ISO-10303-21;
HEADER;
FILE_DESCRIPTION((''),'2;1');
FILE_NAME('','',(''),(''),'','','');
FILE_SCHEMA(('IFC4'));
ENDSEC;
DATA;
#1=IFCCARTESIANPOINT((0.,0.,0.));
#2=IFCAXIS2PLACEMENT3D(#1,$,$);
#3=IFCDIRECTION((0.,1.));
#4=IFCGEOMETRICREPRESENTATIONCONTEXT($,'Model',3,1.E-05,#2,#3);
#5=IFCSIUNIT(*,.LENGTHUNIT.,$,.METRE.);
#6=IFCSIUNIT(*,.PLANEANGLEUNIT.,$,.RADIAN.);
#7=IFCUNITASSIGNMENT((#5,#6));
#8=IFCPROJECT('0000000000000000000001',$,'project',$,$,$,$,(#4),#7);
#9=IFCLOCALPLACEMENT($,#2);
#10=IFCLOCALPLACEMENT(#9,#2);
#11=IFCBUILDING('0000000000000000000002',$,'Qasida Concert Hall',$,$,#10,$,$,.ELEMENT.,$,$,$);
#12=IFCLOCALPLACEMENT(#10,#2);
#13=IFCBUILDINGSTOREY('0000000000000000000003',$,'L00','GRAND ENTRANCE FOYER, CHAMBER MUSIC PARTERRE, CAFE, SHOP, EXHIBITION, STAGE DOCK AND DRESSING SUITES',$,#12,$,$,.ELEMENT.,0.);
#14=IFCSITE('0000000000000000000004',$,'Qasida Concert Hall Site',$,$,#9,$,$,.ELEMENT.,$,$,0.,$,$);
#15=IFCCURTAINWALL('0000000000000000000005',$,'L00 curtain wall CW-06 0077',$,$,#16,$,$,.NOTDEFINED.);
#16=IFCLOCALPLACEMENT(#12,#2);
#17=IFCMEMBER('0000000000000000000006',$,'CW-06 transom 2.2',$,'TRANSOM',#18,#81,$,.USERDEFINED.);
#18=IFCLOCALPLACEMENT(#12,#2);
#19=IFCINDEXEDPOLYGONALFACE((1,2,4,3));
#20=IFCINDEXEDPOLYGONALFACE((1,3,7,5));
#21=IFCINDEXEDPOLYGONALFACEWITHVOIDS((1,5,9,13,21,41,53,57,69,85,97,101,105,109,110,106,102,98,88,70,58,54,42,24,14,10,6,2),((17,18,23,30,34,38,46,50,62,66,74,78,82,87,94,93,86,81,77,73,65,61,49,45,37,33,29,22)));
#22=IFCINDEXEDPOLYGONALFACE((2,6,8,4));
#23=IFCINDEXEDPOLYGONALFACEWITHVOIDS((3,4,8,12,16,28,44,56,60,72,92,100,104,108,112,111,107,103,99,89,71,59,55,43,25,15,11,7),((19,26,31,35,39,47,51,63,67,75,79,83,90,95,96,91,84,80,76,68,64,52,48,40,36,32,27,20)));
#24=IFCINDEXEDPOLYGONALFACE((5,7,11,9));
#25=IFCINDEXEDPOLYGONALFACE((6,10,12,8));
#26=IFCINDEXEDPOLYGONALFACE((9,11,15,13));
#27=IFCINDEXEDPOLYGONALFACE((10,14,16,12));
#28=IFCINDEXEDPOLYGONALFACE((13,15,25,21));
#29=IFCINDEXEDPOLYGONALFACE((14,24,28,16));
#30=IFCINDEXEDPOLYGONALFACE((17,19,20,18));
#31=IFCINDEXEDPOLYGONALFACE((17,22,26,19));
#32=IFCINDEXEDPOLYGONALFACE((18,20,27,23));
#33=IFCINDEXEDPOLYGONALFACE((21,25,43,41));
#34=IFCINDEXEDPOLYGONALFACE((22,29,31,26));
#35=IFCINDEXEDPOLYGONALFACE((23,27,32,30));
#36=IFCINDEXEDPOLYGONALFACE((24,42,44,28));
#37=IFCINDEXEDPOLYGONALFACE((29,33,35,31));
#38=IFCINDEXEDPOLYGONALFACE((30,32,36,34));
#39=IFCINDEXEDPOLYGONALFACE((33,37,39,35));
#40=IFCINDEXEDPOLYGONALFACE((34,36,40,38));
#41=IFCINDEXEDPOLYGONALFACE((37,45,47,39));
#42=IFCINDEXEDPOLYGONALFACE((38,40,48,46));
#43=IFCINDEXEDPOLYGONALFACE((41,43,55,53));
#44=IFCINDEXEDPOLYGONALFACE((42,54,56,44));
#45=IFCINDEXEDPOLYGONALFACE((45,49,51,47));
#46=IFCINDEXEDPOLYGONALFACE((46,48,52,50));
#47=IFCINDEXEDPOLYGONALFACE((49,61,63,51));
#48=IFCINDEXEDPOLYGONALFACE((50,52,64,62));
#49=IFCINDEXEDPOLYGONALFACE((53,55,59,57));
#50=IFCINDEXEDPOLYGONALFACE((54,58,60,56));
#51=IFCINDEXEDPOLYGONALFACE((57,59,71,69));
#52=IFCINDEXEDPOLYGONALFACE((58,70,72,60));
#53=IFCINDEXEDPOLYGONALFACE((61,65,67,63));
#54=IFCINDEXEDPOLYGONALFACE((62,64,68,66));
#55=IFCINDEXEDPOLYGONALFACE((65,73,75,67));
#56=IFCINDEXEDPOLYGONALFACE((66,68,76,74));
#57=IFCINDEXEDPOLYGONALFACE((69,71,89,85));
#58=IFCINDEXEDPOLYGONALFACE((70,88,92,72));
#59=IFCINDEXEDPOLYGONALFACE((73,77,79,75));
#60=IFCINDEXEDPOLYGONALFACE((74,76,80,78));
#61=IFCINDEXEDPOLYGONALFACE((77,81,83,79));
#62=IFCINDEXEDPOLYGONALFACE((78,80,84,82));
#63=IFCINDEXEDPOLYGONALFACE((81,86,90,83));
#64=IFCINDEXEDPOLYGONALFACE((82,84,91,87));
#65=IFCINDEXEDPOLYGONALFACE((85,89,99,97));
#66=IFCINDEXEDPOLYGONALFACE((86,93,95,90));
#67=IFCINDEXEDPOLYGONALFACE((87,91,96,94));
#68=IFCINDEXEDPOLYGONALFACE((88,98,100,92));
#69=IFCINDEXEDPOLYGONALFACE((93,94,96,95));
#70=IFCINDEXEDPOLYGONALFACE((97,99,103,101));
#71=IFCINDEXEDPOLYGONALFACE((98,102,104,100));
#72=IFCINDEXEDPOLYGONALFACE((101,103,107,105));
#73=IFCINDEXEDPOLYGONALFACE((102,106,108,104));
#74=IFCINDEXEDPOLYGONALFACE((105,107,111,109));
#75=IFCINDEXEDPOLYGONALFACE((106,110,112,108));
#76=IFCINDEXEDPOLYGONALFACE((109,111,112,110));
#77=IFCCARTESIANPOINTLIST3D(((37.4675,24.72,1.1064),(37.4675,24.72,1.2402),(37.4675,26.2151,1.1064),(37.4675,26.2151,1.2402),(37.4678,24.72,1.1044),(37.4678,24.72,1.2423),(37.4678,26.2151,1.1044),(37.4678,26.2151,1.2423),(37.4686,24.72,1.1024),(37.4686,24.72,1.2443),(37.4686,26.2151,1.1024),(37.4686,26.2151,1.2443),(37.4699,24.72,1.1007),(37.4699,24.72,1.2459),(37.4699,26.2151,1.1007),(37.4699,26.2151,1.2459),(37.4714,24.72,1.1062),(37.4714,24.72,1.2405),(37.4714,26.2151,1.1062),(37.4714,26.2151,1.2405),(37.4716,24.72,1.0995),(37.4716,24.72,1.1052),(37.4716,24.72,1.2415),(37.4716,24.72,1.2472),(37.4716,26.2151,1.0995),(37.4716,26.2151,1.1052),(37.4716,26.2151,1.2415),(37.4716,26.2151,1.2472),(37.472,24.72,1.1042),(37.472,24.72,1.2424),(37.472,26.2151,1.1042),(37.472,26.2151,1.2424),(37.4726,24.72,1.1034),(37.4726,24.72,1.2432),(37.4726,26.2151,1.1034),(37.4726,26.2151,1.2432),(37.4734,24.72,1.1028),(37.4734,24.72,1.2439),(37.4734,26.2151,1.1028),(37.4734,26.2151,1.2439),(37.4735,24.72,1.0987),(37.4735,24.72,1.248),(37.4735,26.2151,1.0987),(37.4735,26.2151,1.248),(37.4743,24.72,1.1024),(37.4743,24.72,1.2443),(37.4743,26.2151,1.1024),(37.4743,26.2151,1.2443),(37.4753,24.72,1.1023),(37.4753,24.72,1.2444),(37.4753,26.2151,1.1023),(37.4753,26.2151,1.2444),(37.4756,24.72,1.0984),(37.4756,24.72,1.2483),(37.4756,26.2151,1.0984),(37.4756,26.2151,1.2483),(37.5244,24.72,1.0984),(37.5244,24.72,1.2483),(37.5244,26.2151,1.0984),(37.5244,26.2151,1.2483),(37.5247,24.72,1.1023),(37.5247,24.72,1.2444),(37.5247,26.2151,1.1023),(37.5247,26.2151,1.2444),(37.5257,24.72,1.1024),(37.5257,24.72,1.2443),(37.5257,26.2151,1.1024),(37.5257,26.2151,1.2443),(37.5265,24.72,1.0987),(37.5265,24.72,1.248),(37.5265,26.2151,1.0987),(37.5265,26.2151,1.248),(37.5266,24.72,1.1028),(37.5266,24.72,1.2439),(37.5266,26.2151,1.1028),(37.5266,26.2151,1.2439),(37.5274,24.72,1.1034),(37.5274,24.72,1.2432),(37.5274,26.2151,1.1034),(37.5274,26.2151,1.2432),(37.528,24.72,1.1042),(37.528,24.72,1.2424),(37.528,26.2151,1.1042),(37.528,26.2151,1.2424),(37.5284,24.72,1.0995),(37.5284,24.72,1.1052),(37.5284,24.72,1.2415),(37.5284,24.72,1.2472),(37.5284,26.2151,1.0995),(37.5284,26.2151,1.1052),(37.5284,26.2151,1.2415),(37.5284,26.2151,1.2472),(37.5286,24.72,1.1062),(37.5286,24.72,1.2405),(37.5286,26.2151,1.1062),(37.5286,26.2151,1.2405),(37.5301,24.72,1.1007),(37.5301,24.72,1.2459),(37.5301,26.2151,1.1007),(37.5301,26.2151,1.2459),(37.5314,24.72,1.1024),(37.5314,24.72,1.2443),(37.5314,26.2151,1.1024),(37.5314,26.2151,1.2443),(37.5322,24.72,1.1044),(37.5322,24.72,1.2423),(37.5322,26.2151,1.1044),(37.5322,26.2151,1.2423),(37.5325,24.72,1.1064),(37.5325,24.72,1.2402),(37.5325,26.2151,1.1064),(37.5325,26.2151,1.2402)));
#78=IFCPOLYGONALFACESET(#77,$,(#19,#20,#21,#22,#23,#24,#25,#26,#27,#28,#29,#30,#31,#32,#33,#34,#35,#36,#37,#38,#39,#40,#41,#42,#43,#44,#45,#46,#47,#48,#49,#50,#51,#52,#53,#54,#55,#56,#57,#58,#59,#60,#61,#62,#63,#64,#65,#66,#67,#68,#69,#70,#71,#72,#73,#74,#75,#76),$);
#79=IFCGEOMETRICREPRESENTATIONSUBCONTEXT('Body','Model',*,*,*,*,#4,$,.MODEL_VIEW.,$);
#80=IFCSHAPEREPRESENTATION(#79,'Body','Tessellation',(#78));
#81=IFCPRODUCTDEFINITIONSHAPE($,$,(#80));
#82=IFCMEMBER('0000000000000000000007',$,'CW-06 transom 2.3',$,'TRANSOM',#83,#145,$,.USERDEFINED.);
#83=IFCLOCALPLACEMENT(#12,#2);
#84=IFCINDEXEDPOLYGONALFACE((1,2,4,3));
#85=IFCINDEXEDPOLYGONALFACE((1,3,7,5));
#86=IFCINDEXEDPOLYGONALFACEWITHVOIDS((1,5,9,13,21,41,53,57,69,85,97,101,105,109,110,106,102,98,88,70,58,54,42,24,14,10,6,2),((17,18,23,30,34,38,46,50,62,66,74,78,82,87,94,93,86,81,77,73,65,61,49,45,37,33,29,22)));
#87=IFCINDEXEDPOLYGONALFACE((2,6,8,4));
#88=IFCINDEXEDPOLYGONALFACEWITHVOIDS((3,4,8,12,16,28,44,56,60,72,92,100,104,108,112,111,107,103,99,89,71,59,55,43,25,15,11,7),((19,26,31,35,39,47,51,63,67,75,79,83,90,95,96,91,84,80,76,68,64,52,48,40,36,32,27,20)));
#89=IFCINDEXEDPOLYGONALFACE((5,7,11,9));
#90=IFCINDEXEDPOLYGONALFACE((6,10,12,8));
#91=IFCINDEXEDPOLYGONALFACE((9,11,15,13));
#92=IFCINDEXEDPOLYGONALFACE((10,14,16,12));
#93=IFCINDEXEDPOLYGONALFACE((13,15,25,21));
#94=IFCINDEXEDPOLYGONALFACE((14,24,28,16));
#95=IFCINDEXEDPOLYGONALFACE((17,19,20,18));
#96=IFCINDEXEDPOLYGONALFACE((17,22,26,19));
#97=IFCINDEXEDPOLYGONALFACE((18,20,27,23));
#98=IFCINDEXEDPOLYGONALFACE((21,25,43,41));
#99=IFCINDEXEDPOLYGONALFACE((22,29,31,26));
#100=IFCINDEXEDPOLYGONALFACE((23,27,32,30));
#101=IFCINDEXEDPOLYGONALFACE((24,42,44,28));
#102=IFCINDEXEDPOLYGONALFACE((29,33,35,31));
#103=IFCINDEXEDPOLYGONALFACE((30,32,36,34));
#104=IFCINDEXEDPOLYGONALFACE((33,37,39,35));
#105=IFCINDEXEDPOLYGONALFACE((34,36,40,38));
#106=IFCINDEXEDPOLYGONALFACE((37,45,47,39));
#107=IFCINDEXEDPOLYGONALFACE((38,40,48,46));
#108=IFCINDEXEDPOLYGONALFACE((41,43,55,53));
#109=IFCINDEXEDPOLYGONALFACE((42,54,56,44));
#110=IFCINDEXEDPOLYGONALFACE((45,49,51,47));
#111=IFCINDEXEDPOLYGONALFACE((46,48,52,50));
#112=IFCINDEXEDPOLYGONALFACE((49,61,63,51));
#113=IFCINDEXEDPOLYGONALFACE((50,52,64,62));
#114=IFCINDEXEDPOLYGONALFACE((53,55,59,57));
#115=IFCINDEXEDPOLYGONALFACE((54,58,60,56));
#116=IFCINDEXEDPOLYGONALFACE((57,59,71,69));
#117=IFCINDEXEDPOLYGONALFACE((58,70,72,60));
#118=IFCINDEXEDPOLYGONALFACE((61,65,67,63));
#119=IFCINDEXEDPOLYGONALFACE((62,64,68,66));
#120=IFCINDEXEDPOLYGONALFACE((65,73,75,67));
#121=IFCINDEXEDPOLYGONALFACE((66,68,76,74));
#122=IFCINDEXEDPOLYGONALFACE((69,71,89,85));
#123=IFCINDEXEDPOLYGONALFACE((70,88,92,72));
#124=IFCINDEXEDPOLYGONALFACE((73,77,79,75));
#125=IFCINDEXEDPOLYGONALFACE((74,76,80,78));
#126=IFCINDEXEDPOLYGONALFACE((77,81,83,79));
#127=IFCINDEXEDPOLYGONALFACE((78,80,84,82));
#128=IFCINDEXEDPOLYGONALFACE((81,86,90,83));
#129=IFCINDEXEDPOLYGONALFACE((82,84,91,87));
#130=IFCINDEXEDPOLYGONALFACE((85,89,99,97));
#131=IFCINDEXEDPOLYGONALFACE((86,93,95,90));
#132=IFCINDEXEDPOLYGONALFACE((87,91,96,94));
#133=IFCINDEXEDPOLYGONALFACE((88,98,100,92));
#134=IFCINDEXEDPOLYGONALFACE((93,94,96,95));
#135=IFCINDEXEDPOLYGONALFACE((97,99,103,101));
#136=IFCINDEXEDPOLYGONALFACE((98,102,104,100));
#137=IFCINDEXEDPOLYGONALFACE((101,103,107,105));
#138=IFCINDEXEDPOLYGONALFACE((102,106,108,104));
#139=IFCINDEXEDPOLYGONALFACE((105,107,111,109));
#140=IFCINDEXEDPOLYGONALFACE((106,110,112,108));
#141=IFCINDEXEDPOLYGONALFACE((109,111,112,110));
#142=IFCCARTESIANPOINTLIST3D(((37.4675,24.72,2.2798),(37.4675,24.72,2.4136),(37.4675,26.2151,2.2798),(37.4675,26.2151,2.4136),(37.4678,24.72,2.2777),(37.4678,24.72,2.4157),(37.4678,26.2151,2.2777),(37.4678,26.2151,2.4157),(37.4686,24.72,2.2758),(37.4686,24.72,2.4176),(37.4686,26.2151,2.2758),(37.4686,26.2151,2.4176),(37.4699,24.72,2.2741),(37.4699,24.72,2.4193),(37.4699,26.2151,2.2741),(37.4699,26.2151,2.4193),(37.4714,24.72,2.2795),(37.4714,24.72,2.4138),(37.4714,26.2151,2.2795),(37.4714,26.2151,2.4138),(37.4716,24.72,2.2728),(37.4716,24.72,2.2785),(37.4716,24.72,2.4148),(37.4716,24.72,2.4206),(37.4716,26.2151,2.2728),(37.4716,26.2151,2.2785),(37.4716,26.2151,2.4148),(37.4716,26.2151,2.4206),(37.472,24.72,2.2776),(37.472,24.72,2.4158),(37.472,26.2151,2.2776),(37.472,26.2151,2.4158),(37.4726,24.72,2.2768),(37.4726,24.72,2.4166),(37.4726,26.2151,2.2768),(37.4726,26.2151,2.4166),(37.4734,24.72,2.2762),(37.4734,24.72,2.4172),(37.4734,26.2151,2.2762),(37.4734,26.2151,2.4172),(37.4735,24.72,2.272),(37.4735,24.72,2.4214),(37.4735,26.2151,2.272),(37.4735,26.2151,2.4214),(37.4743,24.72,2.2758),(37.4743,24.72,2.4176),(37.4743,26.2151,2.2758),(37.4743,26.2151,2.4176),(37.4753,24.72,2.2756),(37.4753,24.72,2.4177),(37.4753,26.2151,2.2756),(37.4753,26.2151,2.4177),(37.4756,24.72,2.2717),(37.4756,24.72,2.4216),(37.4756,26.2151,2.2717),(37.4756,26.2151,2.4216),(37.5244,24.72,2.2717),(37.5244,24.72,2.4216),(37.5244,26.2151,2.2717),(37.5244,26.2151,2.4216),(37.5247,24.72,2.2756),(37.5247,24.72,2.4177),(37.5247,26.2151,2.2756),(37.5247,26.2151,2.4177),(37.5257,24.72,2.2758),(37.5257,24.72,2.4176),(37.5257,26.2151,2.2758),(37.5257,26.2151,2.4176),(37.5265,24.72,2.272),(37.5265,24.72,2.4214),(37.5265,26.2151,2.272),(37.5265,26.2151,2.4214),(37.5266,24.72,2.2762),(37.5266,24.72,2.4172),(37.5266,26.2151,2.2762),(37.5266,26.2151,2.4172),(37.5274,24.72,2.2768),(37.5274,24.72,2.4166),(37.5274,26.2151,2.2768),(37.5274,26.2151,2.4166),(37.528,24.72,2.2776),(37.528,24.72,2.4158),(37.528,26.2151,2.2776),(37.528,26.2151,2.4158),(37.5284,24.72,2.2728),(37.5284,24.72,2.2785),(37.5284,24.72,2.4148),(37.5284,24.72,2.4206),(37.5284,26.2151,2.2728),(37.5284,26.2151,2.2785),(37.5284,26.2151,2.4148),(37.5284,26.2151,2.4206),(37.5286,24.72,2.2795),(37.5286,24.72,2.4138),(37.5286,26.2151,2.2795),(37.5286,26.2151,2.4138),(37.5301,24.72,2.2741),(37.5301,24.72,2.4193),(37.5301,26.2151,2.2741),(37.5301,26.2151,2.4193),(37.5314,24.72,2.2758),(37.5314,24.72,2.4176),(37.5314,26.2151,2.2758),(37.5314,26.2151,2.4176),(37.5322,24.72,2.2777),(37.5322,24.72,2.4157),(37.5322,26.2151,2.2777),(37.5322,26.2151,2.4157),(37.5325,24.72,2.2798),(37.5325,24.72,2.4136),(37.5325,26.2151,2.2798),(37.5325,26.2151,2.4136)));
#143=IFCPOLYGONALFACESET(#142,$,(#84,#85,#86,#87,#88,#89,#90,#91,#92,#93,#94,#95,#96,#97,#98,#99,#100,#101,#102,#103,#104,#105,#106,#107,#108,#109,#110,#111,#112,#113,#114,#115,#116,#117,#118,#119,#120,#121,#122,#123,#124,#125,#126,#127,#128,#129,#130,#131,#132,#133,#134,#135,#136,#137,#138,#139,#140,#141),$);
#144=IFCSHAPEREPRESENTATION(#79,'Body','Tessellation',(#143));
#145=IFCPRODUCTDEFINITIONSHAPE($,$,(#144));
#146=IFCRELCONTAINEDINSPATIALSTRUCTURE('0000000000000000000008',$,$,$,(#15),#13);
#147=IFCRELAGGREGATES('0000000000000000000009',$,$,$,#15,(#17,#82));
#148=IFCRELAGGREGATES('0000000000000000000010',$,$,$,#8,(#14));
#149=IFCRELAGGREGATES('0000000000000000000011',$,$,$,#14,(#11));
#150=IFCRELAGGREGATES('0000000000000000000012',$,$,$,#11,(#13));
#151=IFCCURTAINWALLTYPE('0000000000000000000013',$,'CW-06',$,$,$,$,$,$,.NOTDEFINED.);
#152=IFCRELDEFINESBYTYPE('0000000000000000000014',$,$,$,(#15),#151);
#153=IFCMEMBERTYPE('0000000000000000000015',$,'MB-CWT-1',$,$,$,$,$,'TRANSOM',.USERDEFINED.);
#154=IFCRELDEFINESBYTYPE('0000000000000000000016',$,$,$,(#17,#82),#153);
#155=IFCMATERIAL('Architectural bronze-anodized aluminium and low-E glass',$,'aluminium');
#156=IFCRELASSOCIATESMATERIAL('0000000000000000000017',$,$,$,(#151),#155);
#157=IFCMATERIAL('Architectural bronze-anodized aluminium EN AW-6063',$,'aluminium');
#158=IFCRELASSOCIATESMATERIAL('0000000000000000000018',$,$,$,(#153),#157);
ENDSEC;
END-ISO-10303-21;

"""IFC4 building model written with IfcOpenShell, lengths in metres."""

from ifc_helpers import new_model, si_unit, direction, frame, origin, origin_2d, place, context, subcontext, project, spatial, hollow_rectangle, extrude, material, material_profile, profile_set, type_object, element, aggregate, save


model = new_model("IFC4")

# Units and contexts
model_context = context("Model", 3, precision=1e-05, world=origin(), true_north=direction((0.0, 1.0)))
body_context = subcontext(model_context, "Body", "Model", "MODEL_VIEW")
ifc_project = project(units=[si_unit("LENGTHUNIT", "METRE"), si_unit("PLANEANGLEUNIT", "RADIAN")], contexts=[model_context])

# Site, building, storey
site_placement = place(None, origin())
site = spatial("IfcSite", under=ifc_project, at=site_placement, Name="Qasida Concert Hall Site", CompositionType="ELEMENT", RefElevation=0.0)
building_placement = place(site_placement, origin())
building = spatial("IfcBuilding", under=site, at=building_placement, Name="Qasida Concert Hall", CompositionType="ELEMENT")
storey_placement = place(building_placement, origin())
storey = spatial("IfcBuildingStorey", under=building, at=storey_placement, Name="L00", Description="GRAND ENTRANCE FOYER, CHAMBER MUSIC PARTERRE, CAFE, SHOP, EXHIBITION, STAGE DOCK AND DRESSING SUITES", CompositionType="ELEMENT", Elevation=0.0)

# Curtain wall, members
ifc_material_1 = material(Name="Architectural bronze-anodized aluminium and low-E glass", Category="aluminium")
curtain_wall_type = type_object("IfcCurtainWallType", Name="CW-06", PredefinedType="NOTDEFINED", material=ifc_material_1)
curtain_wall_placement = place(storey_placement, origin())
curtain_wall = element("IfcCurtainWall", 1, at=curtain_wall_placement, inside=storey, type_object=curtain_wall_type, Name="L00 curtain wall CW-06 0077", PredefinedType="NOTDEFINED")
ifc_material_2 = material(Name="Architectural bronze-anodized aluminium EN AW-6063", Category="aluminium")
ifc_material_profile_1 = material_profile(ifc_material_2, hollow_rectangle(XDim=0.0649, YDim=0.1499, WallThickness=0.0039, InnerFilletRadius=0.0039, OuterFilletRadius=0.0081, at=origin_2d()), Name="CWT 150x65x4")
ifc_profile_set_1 = profile_set([ifc_material_profile_1], Name="Architectural bronze-anodized aluminium EN AW-6063")
member_type_1 = type_object("IfcMemberType", Name="MB-CWT-1", ElementType="TRANSOM", PredefinedType="USERDEFINED", material=ifc_profile_set_1)
member_1_placement = place(storey_placement, frame((37.5, 24.72, 1.1733), z_axis=(0.0, 1.0, 0.0), x_axis=(-1.0, 0.0, 0.0)))
member_1 = element("IfcMember", 2, at=member_1_placement, type_object=member_type_1, Name="CW-06 transom 2.2", ObjectType="TRANSOM", PredefinedType="USERDEFINED", context=body_context, shape_type="SweptSolid", body=[
    extrude(hollow_rectangle(XDim=0.0649, YDim=0.1499, WallThickness=0.0039, InnerFilletRadius=0.0039, OuterFilletRadius=0.0081, at=origin_2d()), origin(), (0.0, 0.0, 1.0), 1.4951),
])
member_2_placement = place(storey_placement, frame((37.5, 24.72, 2.3467), z_axis=(0.0, 1.0, 0.0), x_axis=(-1.0, 0.0, 0.0)))
member_2 = element("IfcMember", 3, at=member_2_placement, type_object=member_type_1, Name="CW-06 transom 2.3", ObjectType="TRANSOM", PredefinedType="USERDEFINED", context=body_context, shape_type="SweptSolid", body=[
    extrude(hollow_rectangle(XDim=0.0649, YDim=0.1499, WallThickness=0.0039, InnerFilletRadius=0.0039, OuterFilletRadius=0.0081, at=origin_2d()), origin(), (0.0, 0.0, 1.0), 1.4951),
])
aggregate(curtain_wall, [member_1, member_2])

save(model, "model.ifc")
